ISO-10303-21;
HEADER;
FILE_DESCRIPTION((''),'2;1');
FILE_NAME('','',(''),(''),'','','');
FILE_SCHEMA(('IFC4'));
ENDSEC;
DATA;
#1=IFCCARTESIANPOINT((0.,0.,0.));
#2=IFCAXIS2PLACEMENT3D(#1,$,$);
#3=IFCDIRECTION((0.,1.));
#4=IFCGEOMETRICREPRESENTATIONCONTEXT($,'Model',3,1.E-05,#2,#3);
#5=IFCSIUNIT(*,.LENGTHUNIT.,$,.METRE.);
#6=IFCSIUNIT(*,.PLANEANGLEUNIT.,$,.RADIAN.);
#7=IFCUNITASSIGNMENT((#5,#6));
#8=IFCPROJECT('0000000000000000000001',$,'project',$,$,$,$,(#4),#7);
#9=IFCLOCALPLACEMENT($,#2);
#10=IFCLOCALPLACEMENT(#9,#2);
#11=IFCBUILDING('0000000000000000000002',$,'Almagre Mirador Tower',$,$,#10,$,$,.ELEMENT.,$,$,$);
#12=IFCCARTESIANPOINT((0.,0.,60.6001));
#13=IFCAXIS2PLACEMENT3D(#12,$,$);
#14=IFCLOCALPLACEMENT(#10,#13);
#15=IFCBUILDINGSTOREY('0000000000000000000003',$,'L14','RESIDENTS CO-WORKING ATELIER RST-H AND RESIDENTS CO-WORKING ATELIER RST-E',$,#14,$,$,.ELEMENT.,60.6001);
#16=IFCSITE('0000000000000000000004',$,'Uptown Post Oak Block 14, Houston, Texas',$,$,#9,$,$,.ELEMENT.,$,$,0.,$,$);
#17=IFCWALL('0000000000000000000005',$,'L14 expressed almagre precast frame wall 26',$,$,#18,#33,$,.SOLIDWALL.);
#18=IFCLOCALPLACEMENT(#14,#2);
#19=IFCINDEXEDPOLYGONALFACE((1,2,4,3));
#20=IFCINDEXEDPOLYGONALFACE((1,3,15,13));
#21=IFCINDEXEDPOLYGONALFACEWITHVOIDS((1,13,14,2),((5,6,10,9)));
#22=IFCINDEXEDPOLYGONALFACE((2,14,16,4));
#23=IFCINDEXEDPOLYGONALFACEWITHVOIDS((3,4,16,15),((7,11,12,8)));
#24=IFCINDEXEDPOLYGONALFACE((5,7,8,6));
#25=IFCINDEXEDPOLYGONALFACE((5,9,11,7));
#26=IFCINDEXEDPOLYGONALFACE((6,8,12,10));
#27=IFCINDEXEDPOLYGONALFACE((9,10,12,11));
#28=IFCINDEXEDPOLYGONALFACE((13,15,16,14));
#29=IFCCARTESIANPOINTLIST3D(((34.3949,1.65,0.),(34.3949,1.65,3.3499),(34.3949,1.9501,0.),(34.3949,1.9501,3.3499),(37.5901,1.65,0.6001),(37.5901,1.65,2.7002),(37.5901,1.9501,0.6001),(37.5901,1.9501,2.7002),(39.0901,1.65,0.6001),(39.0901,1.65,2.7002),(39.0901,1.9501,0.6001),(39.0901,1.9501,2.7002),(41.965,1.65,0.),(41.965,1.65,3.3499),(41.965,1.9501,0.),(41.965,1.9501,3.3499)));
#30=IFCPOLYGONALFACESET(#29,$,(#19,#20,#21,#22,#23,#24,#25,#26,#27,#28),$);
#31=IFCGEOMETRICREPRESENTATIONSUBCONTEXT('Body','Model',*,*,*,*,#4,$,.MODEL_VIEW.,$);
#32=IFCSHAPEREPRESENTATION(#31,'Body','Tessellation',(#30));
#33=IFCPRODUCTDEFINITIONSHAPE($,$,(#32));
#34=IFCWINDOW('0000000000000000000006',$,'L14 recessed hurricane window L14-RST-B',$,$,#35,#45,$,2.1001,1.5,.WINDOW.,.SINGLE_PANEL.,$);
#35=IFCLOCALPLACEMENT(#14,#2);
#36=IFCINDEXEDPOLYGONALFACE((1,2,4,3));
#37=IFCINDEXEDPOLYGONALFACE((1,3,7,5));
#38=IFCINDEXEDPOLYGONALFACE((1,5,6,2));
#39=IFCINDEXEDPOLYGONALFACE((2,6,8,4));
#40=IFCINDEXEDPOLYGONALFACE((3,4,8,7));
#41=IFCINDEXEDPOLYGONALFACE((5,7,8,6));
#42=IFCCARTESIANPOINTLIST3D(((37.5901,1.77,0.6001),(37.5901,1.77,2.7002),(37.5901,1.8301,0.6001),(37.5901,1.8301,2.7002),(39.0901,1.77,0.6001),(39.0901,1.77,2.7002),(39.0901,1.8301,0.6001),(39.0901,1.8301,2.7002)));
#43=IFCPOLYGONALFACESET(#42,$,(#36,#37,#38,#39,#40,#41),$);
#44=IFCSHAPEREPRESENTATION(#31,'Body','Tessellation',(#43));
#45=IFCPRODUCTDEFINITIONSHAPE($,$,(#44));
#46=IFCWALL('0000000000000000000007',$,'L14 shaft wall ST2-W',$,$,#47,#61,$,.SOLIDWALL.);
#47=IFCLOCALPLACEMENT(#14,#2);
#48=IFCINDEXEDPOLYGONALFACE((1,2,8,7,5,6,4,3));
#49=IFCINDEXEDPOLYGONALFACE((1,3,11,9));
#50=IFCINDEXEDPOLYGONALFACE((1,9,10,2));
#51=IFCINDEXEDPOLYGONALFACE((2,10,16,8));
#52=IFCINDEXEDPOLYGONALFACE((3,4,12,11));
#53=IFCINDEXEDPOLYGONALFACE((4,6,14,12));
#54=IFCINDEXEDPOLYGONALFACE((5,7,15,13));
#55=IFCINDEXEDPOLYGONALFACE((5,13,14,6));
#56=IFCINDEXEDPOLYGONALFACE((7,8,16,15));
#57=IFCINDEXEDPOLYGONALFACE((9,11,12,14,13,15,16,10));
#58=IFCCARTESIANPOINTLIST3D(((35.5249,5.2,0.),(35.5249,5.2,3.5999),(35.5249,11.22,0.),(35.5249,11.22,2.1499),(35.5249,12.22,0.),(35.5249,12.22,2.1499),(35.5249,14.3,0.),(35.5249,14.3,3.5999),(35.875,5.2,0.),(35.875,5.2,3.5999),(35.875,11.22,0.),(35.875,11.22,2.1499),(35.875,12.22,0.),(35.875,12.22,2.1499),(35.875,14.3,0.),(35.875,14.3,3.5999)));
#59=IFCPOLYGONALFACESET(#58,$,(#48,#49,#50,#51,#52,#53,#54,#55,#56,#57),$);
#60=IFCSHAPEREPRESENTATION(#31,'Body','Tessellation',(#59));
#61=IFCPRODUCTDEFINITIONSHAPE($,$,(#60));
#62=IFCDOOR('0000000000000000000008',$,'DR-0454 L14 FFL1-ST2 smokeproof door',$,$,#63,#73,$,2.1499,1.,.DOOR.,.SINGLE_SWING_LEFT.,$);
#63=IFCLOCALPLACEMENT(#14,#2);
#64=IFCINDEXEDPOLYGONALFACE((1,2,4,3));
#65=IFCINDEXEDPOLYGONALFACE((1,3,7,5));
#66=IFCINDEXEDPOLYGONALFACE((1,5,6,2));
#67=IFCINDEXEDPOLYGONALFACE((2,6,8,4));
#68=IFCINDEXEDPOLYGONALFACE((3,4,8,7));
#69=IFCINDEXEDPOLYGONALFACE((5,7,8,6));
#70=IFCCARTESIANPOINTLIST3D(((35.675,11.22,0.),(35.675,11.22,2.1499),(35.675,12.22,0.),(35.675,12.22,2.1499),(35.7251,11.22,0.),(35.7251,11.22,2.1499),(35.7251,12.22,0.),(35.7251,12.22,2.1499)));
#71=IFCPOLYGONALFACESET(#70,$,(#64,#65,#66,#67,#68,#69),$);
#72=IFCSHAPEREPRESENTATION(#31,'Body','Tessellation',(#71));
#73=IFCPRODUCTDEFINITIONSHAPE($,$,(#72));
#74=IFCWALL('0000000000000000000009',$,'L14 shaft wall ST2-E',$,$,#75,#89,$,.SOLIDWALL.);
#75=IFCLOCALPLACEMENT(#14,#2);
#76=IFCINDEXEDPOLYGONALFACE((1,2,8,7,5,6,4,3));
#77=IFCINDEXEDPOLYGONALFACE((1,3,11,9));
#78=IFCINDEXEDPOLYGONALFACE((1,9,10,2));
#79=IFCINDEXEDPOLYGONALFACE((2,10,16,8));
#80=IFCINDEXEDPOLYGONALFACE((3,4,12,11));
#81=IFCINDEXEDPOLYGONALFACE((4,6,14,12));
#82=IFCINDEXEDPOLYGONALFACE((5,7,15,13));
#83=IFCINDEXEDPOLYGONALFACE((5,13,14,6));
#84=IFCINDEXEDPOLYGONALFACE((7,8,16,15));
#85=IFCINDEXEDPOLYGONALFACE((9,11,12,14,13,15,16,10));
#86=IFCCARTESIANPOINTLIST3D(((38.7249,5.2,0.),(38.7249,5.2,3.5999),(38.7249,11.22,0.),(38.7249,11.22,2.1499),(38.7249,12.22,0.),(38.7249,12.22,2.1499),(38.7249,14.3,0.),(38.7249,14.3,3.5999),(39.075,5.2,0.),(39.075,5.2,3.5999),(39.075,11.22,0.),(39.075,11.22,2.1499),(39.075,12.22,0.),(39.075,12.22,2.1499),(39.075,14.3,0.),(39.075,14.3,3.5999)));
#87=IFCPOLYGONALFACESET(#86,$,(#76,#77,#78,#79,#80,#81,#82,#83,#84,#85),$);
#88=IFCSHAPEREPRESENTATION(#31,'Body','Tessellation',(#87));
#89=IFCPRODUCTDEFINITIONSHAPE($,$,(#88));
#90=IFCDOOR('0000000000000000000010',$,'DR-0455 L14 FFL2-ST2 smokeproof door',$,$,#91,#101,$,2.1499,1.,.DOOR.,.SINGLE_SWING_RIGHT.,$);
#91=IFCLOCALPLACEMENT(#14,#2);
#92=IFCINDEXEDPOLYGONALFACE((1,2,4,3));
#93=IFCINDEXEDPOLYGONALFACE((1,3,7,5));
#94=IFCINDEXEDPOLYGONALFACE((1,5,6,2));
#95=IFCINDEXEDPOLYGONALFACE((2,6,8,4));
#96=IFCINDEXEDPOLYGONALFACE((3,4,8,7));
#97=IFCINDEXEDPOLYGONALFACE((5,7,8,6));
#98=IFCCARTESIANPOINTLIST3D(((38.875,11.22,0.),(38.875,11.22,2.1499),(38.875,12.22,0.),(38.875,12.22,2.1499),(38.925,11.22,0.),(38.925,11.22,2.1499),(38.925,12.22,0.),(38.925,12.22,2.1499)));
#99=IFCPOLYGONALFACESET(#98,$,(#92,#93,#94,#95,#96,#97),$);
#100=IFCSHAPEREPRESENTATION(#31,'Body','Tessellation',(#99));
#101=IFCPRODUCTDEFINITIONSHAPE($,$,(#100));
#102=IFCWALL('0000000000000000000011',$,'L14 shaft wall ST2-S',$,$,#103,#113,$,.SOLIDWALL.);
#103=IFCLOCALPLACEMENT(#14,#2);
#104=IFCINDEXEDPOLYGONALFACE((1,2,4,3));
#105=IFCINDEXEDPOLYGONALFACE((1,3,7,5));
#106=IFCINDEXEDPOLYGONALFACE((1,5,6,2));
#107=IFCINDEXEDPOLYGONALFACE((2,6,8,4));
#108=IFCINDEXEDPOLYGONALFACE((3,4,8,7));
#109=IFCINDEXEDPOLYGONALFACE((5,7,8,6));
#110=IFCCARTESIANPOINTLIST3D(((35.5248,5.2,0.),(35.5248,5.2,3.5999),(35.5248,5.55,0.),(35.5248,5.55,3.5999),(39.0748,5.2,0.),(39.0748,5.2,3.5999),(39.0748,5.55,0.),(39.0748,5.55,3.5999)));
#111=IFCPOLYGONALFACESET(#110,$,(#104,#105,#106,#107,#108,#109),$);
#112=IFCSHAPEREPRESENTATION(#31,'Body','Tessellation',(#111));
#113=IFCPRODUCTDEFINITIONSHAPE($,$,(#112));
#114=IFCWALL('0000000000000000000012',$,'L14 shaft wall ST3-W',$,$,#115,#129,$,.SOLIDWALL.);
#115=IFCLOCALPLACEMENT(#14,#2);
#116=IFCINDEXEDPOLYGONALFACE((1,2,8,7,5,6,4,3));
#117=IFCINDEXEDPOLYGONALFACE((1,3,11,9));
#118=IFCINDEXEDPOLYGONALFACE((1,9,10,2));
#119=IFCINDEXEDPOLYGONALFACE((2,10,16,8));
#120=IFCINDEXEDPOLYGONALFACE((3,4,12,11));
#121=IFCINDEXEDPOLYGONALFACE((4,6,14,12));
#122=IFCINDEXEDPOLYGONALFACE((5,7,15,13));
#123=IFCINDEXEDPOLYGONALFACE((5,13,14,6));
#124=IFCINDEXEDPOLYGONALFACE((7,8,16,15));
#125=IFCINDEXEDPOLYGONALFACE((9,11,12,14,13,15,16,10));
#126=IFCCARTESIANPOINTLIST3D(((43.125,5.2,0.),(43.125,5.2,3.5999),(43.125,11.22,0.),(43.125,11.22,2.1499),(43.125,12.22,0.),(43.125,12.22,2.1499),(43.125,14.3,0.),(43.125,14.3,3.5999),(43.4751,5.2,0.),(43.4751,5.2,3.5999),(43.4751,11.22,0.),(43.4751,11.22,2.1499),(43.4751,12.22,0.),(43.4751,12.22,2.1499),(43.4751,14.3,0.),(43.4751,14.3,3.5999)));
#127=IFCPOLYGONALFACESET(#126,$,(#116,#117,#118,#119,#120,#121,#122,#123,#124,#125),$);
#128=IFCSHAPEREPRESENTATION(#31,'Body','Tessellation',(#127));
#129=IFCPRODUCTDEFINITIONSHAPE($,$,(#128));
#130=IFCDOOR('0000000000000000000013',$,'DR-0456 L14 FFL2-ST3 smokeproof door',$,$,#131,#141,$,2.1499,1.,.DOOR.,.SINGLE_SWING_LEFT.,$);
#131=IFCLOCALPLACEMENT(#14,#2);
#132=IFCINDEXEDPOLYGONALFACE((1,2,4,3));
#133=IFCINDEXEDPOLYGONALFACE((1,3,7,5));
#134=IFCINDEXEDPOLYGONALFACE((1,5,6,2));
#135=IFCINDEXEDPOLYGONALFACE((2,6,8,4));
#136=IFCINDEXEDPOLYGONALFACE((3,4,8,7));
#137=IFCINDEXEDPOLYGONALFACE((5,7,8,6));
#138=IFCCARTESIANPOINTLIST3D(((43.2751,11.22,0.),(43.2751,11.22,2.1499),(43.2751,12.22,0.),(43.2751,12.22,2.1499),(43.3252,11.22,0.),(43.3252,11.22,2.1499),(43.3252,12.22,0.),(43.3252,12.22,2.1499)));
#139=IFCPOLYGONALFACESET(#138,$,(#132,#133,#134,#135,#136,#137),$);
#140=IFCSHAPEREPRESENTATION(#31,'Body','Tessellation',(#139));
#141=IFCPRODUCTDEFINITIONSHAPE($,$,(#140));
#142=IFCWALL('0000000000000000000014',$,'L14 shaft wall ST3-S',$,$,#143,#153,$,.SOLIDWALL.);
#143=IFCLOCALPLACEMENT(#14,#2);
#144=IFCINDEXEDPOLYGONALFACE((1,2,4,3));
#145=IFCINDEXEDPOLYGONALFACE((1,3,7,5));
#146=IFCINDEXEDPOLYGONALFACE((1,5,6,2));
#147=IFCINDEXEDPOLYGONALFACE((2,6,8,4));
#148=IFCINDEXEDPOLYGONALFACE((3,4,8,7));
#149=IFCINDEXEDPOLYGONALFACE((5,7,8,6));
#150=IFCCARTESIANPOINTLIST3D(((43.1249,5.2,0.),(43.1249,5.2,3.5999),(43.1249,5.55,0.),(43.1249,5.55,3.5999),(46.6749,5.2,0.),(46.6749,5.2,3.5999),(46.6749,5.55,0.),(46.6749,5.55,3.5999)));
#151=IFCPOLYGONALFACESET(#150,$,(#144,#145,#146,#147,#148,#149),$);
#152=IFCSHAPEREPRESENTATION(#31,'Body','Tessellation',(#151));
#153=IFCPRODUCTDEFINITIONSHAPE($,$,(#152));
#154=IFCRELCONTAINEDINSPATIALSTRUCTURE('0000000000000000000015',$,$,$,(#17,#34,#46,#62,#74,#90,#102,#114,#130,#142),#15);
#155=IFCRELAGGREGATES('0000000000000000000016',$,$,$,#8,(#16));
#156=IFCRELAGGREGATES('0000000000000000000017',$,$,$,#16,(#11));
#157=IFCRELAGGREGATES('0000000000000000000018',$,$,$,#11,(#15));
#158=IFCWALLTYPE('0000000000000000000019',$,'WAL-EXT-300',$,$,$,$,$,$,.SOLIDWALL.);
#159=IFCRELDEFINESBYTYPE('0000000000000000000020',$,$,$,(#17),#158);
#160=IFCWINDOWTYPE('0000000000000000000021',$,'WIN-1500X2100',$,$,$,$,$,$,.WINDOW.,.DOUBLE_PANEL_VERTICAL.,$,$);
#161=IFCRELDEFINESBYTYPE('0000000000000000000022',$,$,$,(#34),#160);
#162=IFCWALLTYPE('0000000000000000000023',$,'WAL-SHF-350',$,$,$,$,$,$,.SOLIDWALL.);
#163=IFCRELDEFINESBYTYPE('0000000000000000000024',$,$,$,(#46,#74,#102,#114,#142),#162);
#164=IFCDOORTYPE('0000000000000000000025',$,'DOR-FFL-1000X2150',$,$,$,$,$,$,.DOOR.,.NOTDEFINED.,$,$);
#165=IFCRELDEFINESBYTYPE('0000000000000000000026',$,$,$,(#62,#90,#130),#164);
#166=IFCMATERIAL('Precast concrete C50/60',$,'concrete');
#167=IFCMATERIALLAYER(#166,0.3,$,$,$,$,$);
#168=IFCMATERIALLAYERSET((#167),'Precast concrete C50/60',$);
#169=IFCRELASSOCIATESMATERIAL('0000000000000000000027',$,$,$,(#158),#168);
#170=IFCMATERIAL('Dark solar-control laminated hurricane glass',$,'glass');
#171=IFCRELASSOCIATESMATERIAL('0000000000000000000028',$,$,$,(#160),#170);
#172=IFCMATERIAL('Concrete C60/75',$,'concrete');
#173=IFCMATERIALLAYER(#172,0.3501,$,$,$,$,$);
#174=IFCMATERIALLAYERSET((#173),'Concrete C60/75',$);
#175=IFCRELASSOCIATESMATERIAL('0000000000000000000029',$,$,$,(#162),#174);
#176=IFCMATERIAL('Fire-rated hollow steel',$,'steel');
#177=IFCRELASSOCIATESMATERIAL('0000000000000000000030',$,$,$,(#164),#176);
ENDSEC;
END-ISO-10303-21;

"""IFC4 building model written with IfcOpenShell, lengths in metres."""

from ifc_helpers import new_model, si_unit, direction, frame, frame_2d, origin, place, context, subcontext, project, spatial, rectangle, extrude, material, layer, layer_set, type_object, element, fill, save


model = new_model("IFC4")

# Units and contexts
model_context = context("Model", 3, precision=1e-05, world=origin(), true_north=direction((0.0, 1.0)))
body_context = subcontext(model_context, "Body", "Model", "MODEL_VIEW")
ifc_project = project(units=[si_unit("LENGTHUNIT", "METRE"), si_unit("PLANEANGLEUNIT", "RADIAN")], contexts=[model_context])

# Site, building, storey
site_placement = place(None, origin())
site = spatial("IfcSite", under=ifc_project, at=site_placement, Name="Uptown Post Oak Block 14, Houston, Texas", CompositionType="ELEMENT", RefElevation=0.0)
building_placement = place(site_placement, origin())
building = spatial("IfcBuilding", under=site, at=building_placement, Name="Almagre Mirador Tower", CompositionType="ELEMENT")
storey_placement = place(building_placement, frame((0.0, 0.0, 60.6001)))
storey = spatial("IfcBuildingStorey", under=building, at=storey_placement, Name="L14", Description="RESIDENTS CO-WORKING ATELIER RST-H AND RESIDENTS CO-WORKING ATELIER RST-E", CompositionType="ELEMENT", Elevation=60.6001)

# Shared definitions
ifc_material_1 = material(Name="Precast concrete C50/60", Category="concrete")
ifc_layer_1 = layer(ifc_material_1, 0.3)
ifc_layer_set_1 = layer_set([ifc_layer_1], Name="Precast concrete C50/60")
wall_type_1 = type_object("IfcWallType", Name="WAL-EXT-300", PredefinedType="SOLIDWALL", material=ifc_layer_set_1)

# Wall, opening, window
wall_1_placement = place(storey_placement, frame((41.9651, 1.8, 0.0), z_axis=(0.0, 0.0, 1.0), x_axis=(-1.0, 0.0, 0.0)))
wall_1 = element("IfcWall", 1, at=wall_1_placement, inside=storey, type_object=wall_type_1, Name="L14 expressed almagre precast frame wall 26", PredefinedType="SOLIDWALL", context=body_context, shape_type="SweptSolid", body=[
    extrude(rectangle(XDim=7.5701, YDim=0.3, at=frame_2d((3.7852, 0.0))), origin(), (0.0, 0.0, 1.0), 3.3499),
])
opening_1_placement = place(wall_1_placement, frame((2.875, 0.0, 0.6001)))
opening_1 = element("IfcOpeningElement", 2, at=opening_1_placement, cuts=wall_1, PredefinedType="OPENING", context=body_context, shape_type="SweptSolid", body=[
    extrude(rectangle(XDim=1.5, YDim=2.1001, at=frame_2d((0.75, 1.05))), frame((0.0, 0.1599, 0.0), z_axis=(0.0, -1.0, 0.0), x_axis=(1.0, 0.0, 0.0)), (0.0, 0.0, 1.0), 0.32),
])
ifc_material_2 = material(Name="Dark solar-control laminated hurricane glass", Category="glass")
window_type = type_object("IfcWindowType", Name="WIN-1500X2100", PartitioningType="DOUBLE_PANEL_VERTICAL", PredefinedType="WINDOW", material=ifc_material_2)
window_placement = place(opening_1_placement, origin())
window = element("IfcWindow", 3, at=window_placement, inside=storey, type_object=window_type, Name="L14 recessed hurricane window L14-RST-B", OverallHeight=2.1001, OverallWidth=1.5, PartitioningType="SINGLE_PANEL", PredefinedType="WINDOW", context=body_context, shape_type="SweptSolid", body=[
    extrude(rectangle(XDim=1.5, YDim=2.1001, at=frame_2d((0.75, 1.05))), frame((0.0, 0.03, 0.0), z_axis=(0.0, -1.0, 0.0), x_axis=(1.0, 0.0, 0.0)), (0.0, 0.0, 1.0), 0.0601),
])
fill(opening_1, window)

# Walls, openings, doors
ifc_material_3 = material(Name="Concrete C60/75", Category="concrete")
ifc_layer_2 = layer(ifc_material_3, 0.3501)
ifc_layer_set_2 = layer_set([ifc_layer_2], Name="Concrete C60/75")
wall_type_2 = type_object("IfcWallType", Name="WAL-SHF-350", PredefinedType="SOLIDWALL", material=ifc_layer_set_2)
wall_2_placement = place(storey_placement, frame((35.7, 5.2, 0.0), z_axis=(0.0, 0.0, 1.0), x_axis=(0.0, 1.0, 0.0)))
wall_2 = element("IfcWall", 4, at=wall_2_placement, inside=storey, type_object=wall_type_2, Name="L14 shaft wall ST2-W", PredefinedType="SOLIDWALL", context=body_context, shape_type="SweptSolid", body=[
    extrude(rectangle(XDim=9.1001, YDim=0.3501, at=frame_2d((4.55, 0.0))), origin(), (0.0, 0.0, 1.0), 3.5999),
])
opening_2_placement = place(wall_2_placement, frame((6.02, 0.0, 0.0)))
opening_2 = element("IfcOpeningElement", 5, at=opening_2_placement, cuts=wall_2, PredefinedType="OPENING", context=body_context, shape_type="SweptSolid", body=[
    extrude(rectangle(XDim=1.0, YDim=2.1499, at=frame_2d((0.5, 1.075))), frame((0.0, 0.185, 0.0), z_axis=(0.0, -1.0, 0.0), x_axis=(1.0, 0.0, 0.0)), (0.0, 0.0, 1.0), 0.3701),
])
ifc_material_4 = material(Name="Fire-rated hollow steel", Category="steel")
door_type_1 = type_object("IfcDoorType", Name="DOR-FFL-1000X2150", OperationType="NOTDEFINED", PredefinedType="DOOR", material=ifc_material_4)
door_1_placement = place(opening_2_placement, origin())
door_1 = element("IfcDoor", 6, at=door_1_placement, inside=storey, type_object=door_type_1, Name="DR-0454 L14 FFL1-ST2 smokeproof door", OperationType="SINGLE_SWING_LEFT", OverallHeight=2.1499, OverallWidth=1.0, PredefinedType="DOOR", context=body_context, shape_type="SweptSolid", body=[
    extrude(rectangle(XDim=1.0, YDim=2.1499, at=frame_2d((0.5, 1.075))), frame((0.0, 0.0249, 0.0), z_axis=(0.0, -1.0, 0.0), x_axis=(1.0, 0.0, 0.0)), (0.0, 0.0, 1.0), 0.05),
])
fill(opening_2, door_1)
wall_3_placement = place(storey_placement, frame((38.8999, 5.2, 0.0), z_axis=(0.0, 0.0, 1.0), x_axis=(0.0, 1.0, 0.0)))
wall_3 = element("IfcWall", 7, at=wall_3_placement, inside=storey, type_object=wall_type_2, Name="L14 shaft wall ST2-E", PredefinedType="SOLIDWALL", context=body_context, shape_type="SweptSolid", body=[
    extrude(rectangle(XDim=9.1001, YDim=0.3501, at=frame_2d((4.55, 0.0))), origin(), (0.0, 0.0, 1.0), 3.5999),
])
opening_3_placement = place(wall_3_placement, frame((6.02, 0.0, 0.0)))
opening_3 = element("IfcOpeningElement", 8, at=opening_3_placement, cuts=wall_3, PredefinedType="OPENING", context=body_context, shape_type="SweptSolid", body=[
    extrude(rectangle(XDim=1.0, YDim=2.1499, at=frame_2d((0.5, 1.075))), frame((0.0, 0.185, 0.0), z_axis=(0.0, -1.0, 0.0), x_axis=(1.0, 0.0, 0.0)), (0.0, 0.0, 1.0), 0.3701),
])
door_2_placement = place(opening_3_placement, origin())
door_2 = element("IfcDoor", 9, at=door_2_placement, inside=storey, type_object=door_type_1, Name="DR-0455 L14 FFL2-ST2 smokeproof door", OperationType="SINGLE_SWING_RIGHT", OverallHeight=2.1499, OverallWidth=1.0, PredefinedType="DOOR", context=body_context, shape_type="SweptSolid", body=[
    extrude(rectangle(XDim=1.0, YDim=2.1499, at=frame_2d((0.5, 1.075))), frame((0.0, 0.0249, 0.0), z_axis=(0.0, -1.0, 0.0), x_axis=(1.0, 0.0, 0.0)), (0.0, 0.0, 1.0), 0.05),
])
fill(opening_3, door_2)

# Wall
wall_4_placement = place(storey_placement, frame((35.5249, 5.375, 0.0), z_axis=(0.0, 0.0, 1.0), x_axis=(1.0, 0.0, 0.0)))
element("IfcWall", 10, at=wall_4_placement, inside=storey, type_object=wall_type_2, Name="L14 shaft wall ST2-S", PredefinedType="SOLIDWALL", context=body_context, shape_type="SweptSolid", body=[
    extrude(rectangle(XDim=3.55, YDim=0.3501, at=frame_2d((1.7749, 0.0))), origin(), (0.0, 0.0, 1.0), 3.5999),
])

# Wall, opening, door
wall_5_placement = place(storey_placement, frame((43.3, 5.2, 0.0), z_axis=(0.0, 0.0, 1.0), x_axis=(0.0, 1.0, 0.0)))
wall_5 = element("IfcWall", 11, at=wall_5_placement, inside=storey, type_object=wall_type_2, Name="L14 shaft wall ST3-W", PredefinedType="SOLIDWALL", context=body_context, shape_type="SweptSolid", body=[
    extrude(rectangle(XDim=9.1001, YDim=0.3501, at=frame_2d((4.55, 0.0))), origin(), (0.0, 0.0, 1.0), 3.5999),
])
opening_4_placement = place(wall_5_placement, frame((6.02, 0.0, 0.0)))
opening_4 = element("IfcOpeningElement", 12, at=opening_4_placement, cuts=wall_5, PredefinedType="OPENING", context=body_context, shape_type="SweptSolid", body=[
    extrude(rectangle(XDim=1.0, YDim=2.1499, at=frame_2d((0.5, 1.075))), frame((0.0, 0.185, 0.0), z_axis=(0.0, -1.0, 0.0), x_axis=(1.0, 0.0, 0.0)), (0.0, 0.0, 1.0), 0.3701),
])
door_3_placement = place(opening_4_placement, origin())
door_3 = element("IfcDoor", 13, at=door_3_placement, inside=storey, type_object=door_type_1, Name="DR-0456 L14 FFL2-ST3 smokeproof door", OperationType="SINGLE_SWING_LEFT", OverallHeight=2.1499, OverallWidth=1.0, PredefinedType="DOOR", context=body_context, shape_type="SweptSolid", body=[
    extrude(rectangle(XDim=1.0, YDim=2.1499, at=frame_2d((0.5, 1.075))), frame((0.0, 0.0249, 0.0), z_axis=(0.0, -1.0, 0.0), x_axis=(1.0, 0.0, 0.0)), (0.0, 0.0, 1.0), 0.05),
])
fill(opening_4, door_3)

# Wall
wall_6_placement = place(storey_placement, frame((43.125, 5.375, 0.0), z_axis=(0.0, 0.0, 1.0), x_axis=(1.0, 0.0, 0.0)))
element("IfcWall", 14, at=wall_6_placement, inside=storey, type_object=wall_type_2, Name="L14 shaft wall ST3-S", PredefinedType="SOLIDWALL", context=body_context, shape_type="SweptSolid", body=[
    extrude(rectangle(XDim=3.55, YDim=0.3501, at=frame_2d((1.7749, 0.0))), origin(), (0.0, 0.0, 1.0), 3.5999),
])

save(model, "model.ifc")
